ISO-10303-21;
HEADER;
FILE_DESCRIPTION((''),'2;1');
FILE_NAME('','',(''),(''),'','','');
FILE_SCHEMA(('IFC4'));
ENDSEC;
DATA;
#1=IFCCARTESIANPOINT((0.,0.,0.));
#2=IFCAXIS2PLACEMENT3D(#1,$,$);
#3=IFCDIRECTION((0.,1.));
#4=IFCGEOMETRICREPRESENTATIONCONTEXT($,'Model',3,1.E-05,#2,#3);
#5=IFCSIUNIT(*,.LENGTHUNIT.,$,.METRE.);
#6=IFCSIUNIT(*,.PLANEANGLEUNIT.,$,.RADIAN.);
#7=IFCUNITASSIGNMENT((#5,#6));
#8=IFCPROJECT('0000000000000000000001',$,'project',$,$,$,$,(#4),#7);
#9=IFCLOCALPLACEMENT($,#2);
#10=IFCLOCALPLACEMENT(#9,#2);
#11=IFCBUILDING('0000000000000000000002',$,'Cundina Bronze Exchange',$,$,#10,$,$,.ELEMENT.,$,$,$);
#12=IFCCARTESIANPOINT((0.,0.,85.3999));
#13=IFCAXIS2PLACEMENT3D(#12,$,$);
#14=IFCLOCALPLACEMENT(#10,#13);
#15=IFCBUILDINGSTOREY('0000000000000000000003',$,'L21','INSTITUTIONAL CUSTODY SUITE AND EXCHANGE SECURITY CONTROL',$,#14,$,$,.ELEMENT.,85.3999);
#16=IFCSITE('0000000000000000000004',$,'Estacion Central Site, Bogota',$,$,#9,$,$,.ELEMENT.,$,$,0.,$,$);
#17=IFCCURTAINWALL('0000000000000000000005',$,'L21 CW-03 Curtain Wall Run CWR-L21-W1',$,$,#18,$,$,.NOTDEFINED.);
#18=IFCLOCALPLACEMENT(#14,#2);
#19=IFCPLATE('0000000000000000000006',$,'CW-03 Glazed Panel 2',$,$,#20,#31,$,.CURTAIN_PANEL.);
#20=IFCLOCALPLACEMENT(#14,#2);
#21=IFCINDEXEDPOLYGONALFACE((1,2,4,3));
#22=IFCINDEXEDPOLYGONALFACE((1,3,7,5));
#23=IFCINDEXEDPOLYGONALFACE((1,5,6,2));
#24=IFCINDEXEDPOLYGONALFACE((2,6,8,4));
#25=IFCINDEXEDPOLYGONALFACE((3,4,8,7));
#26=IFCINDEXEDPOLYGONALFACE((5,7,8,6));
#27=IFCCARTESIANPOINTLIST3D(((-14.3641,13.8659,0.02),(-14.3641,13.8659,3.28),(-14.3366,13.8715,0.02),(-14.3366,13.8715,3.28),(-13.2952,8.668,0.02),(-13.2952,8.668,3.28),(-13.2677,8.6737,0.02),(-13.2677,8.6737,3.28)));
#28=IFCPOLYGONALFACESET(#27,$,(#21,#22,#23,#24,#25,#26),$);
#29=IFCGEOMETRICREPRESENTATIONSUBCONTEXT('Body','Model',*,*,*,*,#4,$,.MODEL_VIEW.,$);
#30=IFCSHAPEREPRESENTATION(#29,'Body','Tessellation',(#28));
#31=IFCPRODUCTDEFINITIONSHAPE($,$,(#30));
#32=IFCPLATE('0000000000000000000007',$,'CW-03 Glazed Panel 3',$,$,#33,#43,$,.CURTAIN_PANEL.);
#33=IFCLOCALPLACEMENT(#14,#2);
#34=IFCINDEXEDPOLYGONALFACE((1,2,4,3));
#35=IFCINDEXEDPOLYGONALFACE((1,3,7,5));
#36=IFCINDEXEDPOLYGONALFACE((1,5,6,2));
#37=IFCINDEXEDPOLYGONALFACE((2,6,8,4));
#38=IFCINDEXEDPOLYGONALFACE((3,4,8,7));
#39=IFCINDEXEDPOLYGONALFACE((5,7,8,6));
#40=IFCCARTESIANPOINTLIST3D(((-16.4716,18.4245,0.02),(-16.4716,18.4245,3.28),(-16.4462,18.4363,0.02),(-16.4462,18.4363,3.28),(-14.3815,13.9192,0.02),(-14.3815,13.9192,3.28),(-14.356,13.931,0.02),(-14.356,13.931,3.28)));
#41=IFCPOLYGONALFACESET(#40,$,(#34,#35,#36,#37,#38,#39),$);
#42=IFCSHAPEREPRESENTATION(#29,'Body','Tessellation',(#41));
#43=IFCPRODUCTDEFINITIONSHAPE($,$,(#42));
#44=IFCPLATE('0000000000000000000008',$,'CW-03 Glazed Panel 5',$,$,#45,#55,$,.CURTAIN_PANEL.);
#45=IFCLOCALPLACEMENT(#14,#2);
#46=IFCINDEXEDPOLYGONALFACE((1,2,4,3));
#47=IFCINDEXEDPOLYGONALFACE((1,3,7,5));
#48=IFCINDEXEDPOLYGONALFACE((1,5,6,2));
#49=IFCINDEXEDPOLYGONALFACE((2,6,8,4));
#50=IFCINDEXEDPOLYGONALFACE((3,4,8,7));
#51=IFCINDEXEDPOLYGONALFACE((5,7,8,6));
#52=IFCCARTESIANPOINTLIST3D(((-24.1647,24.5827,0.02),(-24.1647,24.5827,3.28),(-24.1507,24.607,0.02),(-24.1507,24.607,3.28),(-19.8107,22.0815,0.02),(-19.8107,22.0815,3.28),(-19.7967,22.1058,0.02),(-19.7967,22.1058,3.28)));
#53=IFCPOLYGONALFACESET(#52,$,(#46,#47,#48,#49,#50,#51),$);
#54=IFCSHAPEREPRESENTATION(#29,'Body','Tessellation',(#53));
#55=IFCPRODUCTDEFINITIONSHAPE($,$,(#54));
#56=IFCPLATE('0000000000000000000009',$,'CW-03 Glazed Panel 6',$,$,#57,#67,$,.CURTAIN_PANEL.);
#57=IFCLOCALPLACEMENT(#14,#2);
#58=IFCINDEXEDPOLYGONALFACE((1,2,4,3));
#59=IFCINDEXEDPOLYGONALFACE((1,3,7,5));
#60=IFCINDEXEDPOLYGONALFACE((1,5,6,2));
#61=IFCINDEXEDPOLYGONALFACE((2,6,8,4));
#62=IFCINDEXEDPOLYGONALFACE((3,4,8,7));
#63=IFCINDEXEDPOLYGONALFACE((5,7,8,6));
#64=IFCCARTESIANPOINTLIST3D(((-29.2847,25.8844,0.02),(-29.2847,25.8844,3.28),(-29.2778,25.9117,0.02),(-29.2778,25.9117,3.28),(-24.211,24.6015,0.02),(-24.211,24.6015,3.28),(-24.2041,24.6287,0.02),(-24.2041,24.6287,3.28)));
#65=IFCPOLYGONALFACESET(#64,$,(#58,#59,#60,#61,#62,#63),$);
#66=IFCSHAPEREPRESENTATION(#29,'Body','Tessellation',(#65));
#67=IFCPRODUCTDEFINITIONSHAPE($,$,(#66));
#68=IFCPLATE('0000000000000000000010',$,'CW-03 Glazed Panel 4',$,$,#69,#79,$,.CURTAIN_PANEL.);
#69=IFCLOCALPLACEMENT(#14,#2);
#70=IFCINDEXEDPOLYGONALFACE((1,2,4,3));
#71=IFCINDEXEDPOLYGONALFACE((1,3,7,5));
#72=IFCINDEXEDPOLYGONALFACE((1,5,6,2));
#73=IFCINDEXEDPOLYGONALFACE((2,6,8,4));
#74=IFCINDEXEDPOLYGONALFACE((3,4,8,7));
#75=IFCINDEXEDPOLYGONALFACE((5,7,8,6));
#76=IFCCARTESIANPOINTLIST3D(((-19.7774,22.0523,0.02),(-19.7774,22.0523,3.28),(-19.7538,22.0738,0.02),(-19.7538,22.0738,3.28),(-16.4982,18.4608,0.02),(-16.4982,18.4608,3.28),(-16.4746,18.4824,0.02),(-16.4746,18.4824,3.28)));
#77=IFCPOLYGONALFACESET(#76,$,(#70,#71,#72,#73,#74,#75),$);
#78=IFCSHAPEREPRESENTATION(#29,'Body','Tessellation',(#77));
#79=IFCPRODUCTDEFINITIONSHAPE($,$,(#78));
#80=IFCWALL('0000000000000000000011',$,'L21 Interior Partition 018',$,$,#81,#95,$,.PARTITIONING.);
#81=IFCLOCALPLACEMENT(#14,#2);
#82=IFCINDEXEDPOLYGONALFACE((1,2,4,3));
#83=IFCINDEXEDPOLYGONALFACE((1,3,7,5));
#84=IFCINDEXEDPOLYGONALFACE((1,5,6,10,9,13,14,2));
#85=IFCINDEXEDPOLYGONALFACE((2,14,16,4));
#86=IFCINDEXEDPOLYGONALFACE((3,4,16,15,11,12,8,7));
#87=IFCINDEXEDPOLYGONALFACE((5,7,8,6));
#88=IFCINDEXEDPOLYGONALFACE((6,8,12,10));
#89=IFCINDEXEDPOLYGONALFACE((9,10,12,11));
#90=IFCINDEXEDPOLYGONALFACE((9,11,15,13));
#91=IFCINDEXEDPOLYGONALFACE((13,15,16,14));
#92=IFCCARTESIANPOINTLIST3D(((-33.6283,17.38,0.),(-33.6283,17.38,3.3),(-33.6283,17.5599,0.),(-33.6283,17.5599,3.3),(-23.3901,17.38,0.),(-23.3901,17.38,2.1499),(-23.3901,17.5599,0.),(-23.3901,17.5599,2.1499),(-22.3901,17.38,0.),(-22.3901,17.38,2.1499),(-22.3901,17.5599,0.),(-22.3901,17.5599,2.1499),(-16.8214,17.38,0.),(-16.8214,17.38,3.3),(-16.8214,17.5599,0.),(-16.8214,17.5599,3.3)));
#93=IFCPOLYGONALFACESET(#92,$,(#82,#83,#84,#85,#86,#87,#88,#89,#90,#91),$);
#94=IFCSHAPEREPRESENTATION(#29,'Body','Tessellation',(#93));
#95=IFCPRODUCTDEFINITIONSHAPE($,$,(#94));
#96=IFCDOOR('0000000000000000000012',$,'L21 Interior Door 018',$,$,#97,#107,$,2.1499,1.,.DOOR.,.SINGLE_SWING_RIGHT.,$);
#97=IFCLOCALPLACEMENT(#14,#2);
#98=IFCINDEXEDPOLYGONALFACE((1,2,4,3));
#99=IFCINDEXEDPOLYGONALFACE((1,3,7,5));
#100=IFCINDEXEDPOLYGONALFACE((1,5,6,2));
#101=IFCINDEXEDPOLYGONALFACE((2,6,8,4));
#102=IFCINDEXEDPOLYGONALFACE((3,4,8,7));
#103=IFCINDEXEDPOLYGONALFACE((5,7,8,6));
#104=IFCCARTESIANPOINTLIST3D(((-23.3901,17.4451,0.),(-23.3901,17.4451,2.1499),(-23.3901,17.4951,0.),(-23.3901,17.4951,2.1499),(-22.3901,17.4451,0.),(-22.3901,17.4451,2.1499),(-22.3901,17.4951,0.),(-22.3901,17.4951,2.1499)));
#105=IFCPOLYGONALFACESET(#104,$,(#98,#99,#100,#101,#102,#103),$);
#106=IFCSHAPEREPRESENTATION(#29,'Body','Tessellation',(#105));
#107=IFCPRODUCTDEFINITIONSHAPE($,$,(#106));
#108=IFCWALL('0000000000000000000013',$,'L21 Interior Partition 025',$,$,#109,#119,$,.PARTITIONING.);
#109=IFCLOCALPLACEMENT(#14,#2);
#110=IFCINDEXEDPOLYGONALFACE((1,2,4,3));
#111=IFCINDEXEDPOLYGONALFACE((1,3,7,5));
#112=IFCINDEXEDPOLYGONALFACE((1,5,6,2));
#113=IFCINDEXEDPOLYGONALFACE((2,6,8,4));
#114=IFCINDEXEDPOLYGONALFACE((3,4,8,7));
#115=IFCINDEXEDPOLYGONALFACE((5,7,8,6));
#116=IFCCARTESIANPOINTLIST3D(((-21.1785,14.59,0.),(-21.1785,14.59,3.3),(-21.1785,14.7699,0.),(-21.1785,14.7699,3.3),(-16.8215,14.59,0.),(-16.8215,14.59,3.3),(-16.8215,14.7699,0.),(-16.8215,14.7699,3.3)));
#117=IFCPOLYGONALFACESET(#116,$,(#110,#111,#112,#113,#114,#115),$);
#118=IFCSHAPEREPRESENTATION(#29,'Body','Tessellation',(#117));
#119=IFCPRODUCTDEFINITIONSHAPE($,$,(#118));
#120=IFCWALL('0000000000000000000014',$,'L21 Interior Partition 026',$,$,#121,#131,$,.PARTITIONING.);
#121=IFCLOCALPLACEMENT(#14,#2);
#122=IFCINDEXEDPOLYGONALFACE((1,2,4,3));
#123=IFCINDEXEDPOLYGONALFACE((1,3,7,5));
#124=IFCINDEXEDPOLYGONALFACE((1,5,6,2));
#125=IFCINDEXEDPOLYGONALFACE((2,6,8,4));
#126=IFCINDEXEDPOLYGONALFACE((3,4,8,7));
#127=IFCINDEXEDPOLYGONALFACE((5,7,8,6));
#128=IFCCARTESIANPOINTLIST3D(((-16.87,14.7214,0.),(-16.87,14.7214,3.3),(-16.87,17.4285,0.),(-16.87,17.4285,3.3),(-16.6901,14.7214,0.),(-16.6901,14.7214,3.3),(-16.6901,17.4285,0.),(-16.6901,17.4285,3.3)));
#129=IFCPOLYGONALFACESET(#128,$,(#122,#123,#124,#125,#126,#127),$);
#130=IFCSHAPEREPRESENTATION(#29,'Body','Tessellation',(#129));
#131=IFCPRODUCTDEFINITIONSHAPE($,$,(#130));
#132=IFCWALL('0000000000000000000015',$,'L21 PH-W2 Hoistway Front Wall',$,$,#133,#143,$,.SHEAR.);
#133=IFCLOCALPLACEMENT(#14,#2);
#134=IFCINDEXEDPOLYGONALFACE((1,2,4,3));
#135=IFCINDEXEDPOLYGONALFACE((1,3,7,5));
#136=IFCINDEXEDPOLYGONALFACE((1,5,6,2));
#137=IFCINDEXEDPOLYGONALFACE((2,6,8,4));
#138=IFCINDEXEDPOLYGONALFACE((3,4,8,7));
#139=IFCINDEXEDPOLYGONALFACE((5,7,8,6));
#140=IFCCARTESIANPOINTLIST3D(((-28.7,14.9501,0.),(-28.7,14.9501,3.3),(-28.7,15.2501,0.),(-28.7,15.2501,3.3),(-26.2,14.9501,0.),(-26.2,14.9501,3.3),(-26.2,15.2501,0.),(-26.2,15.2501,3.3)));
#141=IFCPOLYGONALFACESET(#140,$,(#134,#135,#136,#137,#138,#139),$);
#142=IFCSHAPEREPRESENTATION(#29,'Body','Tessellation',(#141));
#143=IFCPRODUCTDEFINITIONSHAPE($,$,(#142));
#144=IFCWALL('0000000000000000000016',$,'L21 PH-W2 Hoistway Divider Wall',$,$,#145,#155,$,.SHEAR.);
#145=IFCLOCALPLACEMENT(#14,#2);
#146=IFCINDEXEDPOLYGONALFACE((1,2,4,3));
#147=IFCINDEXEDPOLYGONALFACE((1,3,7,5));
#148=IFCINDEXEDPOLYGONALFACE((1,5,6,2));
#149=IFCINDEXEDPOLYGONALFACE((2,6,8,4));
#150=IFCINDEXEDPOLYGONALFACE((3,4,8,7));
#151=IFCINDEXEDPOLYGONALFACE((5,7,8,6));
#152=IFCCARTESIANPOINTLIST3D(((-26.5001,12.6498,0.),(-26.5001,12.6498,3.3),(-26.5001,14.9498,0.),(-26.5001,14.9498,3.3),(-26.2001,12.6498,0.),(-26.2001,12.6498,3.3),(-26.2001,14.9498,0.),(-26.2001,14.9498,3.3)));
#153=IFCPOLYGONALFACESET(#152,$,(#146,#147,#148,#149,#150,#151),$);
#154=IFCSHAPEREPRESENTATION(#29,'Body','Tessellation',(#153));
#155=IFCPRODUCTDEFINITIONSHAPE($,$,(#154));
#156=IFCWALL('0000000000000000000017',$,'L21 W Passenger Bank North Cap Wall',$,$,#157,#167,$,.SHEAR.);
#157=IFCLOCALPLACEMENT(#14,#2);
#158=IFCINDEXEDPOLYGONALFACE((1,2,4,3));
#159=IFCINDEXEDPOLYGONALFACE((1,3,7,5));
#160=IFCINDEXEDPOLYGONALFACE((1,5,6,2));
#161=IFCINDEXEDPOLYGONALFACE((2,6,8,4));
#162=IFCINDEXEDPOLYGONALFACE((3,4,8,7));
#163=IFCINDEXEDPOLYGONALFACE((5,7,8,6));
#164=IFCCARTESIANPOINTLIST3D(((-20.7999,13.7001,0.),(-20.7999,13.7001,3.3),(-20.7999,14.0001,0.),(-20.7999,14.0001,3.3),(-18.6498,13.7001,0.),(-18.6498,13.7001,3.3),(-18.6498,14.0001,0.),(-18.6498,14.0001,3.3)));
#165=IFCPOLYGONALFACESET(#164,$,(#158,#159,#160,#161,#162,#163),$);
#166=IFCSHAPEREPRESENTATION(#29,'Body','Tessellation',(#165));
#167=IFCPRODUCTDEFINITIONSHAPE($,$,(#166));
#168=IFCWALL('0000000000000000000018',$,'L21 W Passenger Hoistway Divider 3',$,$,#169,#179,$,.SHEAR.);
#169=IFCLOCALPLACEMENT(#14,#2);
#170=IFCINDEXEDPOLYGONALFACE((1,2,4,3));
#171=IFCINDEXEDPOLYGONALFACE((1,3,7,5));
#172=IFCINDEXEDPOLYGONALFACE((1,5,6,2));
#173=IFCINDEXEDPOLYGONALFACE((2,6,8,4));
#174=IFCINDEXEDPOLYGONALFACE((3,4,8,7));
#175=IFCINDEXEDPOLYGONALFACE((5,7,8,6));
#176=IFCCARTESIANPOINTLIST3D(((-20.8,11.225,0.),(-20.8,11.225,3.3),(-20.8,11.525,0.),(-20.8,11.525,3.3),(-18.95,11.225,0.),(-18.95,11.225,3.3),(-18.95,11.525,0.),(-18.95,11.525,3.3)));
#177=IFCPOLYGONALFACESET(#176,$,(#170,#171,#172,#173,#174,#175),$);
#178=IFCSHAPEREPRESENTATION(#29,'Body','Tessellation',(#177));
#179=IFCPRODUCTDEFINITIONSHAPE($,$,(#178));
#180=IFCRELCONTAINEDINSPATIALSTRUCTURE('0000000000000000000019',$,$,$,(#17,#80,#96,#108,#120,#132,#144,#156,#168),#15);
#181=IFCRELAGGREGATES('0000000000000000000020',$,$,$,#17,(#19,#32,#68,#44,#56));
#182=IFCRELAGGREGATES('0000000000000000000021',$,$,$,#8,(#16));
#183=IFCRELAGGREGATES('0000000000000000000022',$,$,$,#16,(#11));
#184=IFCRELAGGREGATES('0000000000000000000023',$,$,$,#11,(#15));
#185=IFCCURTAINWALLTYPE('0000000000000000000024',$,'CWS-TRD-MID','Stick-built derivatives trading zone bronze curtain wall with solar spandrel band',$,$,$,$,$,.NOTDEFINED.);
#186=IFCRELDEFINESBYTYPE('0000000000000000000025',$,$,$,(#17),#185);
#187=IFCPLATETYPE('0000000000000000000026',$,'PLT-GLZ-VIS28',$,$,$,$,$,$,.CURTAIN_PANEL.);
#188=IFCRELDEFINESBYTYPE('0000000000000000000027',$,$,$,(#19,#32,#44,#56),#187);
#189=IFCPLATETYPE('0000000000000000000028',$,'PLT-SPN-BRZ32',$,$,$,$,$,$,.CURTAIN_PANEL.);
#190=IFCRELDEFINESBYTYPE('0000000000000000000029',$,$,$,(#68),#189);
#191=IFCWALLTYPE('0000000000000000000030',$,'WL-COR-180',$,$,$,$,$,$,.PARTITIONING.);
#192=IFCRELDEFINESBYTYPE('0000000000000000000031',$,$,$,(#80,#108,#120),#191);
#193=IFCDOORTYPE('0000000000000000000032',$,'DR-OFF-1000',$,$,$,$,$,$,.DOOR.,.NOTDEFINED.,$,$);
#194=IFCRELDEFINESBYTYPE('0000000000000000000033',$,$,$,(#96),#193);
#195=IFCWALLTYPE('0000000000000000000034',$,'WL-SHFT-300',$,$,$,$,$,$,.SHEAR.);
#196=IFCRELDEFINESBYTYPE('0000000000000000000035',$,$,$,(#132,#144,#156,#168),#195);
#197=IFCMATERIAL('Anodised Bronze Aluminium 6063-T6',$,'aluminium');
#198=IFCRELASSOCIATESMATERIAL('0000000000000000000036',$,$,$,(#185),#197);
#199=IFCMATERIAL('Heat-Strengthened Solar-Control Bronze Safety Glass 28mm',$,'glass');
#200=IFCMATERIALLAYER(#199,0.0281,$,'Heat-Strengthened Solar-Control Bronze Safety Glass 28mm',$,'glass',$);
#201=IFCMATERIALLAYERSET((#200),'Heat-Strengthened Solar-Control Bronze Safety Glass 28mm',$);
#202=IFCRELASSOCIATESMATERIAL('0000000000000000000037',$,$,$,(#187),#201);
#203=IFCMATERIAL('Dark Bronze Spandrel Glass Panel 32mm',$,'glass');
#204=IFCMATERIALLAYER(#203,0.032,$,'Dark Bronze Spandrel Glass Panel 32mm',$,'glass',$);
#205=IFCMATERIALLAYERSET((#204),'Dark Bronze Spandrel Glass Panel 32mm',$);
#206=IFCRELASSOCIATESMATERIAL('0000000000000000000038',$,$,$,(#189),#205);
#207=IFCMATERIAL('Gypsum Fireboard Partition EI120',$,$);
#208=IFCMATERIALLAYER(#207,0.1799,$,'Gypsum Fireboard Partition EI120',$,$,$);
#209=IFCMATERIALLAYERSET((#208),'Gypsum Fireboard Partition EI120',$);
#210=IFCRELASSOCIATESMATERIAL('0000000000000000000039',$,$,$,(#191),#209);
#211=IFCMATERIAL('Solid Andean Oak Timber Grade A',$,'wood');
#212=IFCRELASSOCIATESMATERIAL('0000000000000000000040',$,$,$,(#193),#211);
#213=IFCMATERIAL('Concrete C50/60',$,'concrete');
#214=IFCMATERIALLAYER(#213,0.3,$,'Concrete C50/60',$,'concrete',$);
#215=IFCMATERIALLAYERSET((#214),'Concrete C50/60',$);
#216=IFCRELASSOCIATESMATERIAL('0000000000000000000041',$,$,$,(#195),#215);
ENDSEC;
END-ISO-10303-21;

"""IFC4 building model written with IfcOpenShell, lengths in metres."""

from ifc_helpers import new_model, si_unit, direction, frame, frame_2d, origin, origin_2d, place, context, subcontext, project, spatial, rectangle, extrude, material, layer, layer_set, type_object, element, fill, aggregate, save


model = new_model("IFC4")

# Units and contexts
model_context = context("Model", 3, precision=1e-05, world=origin(), true_north=direction((0.0, 1.0)))
body_context = subcontext(model_context, "Body", "Model", "MODEL_VIEW")
ifc_project = project(units=[si_unit("LENGTHUNIT", "METRE"), si_unit("PLANEANGLEUNIT", "RADIAN")], contexts=[model_context])

# Site, building, storey
site_placement = place(None, origin())
site = spatial("IfcSite", under=ifc_project, at=site_placement, Name="Estacion Central Site, Bogota", CompositionType="ELEMENT", RefElevation=0.0)
building_placement = place(site_placement, origin())
building = spatial("IfcBuilding", under=site, at=building_placement, Name="Cundina Bronze Exchange", CompositionType="ELEMENT")
storey_placement = place(building_placement, frame((0.0, 0.0, 85.3999)))
storey = spatial("IfcBuildingStorey", under=building, at=storey_placement, Name="L21", Description="INSTITUTIONAL CUSTODY SUITE AND EXCHANGE SECURITY CONTROL", CompositionType="ELEMENT", Elevation=85.3999)

# Curtain wall, plates
ifc_material_1 = material(Name="Anodised Bronze Aluminium 6063-T6", Category="aluminium")
curtain_wall_type = type_object("IfcCurtainWallType", Name="CWS-TRD-MID", Description="Stick-built derivatives trading zone bronze curtain wall with solar spandrel band", PredefinedType="NOTDEFINED", material=ifc_material_1)
curtain_wall_placement = place(storey_placement, origin())
curtain_wall = element("IfcCurtainWall", 1, at=curtain_wall_placement, inside=storey, type_object=curtain_wall_type, Name="L21 CW-03 Curtain Wall Run CWR-L21-W1", PredefinedType="NOTDEFINED")
ifc_material_2 = material(Name="Heat-Strengthened Solar-Control Bronze Safety Glass 28mm", Category="glass")
ifc_layer_1 = layer(ifc_material_2, 0.0281, Name="Heat-Strengthened Solar-Control Bronze Safety Glass 28mm", Category="glass")
ifc_layer_set_1 = layer_set([ifc_layer_1], Name="Heat-Strengthened Solar-Control Bronze Safety Glass 28mm")
plate_type_1 = type_object("IfcPlateType", Name="PLT-GLZ-VIS28", PredefinedType="CURTAIN_PANEL", material=ifc_layer_set_1)
plate_1_placement = place(storey_placement, frame((-13.8159, 11.2698, 0.02), z_axis=(0.0, 0.0, 1.0), x_axis=(-0.20142, 0.979505, 0.0)))
plate_1 = element("IfcPlate", 2, at=plate_1_placement, type_object=plate_type_1, Name="CW-03 Glazed Panel 2", PredefinedType="CURTAIN_PANEL", context=body_context, shape_type="SweptSolid", body=[
    extrude(rectangle(XDim=5.3066, YDim=0.0281, at=origin_2d()), origin(), (0.0, 0.0, 1.0), 3.26),
])
plate_2_placement = place(storey_placement, frame((-15.4138, 16.1777, 0.02), z_axis=(0.0, 0.0, 1.0), x_axis=(-0.420846, 0.907132, 0.0)))
plate_2 = element("IfcPlate", 3, at=plate_2_placement, type_object=plate_type_1, Name="CW-03 Glazed Panel 3", PredefinedType="CURTAIN_PANEL", context=body_context, shape_type="SweptSolid", body=[
    extrude(rectangle(XDim=4.9666, YDim=0.0281, at=origin_2d()), origin(), (0.0, 0.0, 1.0), 3.26),
])
plate_3_placement = place(storey_placement, frame((-21.9807, 23.3442, 0.02), z_axis=(0.0, 0.0, 1.0), x_axis=(-0.867105, 0.498125, 0.0)))
plate_3 = element("IfcPlate", 4, at=plate_3_placement, type_object=plate_type_1, Name="CW-03 Glazed Panel 5", PredefinedType="CURTAIN_PANEL", context=body_context, shape_type="SweptSolid", body=[
    extrude(rectangle(XDim=5.0212, YDim=0.0281, at=origin_2d()), origin(), (0.0, 0.0, 1.0), 3.26),
])
plate_4_placement = place(storey_placement, frame((-26.7444, 25.2566, 0.02), z_axis=(0.0, 0.0, 1.0), x_axis=(-0.969488, 0.245138, 0.0)))
plate_4 = element("IfcPlate", 5, at=plate_4_placement, type_object=plate_type_1, Name="CW-03 Glazed Panel 6", PredefinedType="CURTAIN_PANEL", context=body_context, shape_type="SweptSolid", body=[
    extrude(rectangle(XDim=5.2334, YDim=0.0281, at=origin_2d()), origin(), (0.0, 0.0, 1.0), 3.26),
])
ifc_material_3 = material(Name="Dark Bronze Spandrel Glass Panel 32mm", Category="glass")
ifc_layer_2 = layer(ifc_material_3, 0.032, Name="Dark Bronze Spandrel Glass Panel 32mm", Category="glass")
ifc_layer_set_2 = layer_set([ifc_layer_2], Name="Dark Bronze Spandrel Glass Panel 32mm")
plate_type_2 = type_object("IfcPlateType", Name="PLT-SPN-BRZ32", PredefinedType="CURTAIN_PANEL", material=ifc_layer_set_2)
plate_5_placement = place(storey_placement, frame((-18.126, 20.2673, 0.02), z_axis=(0.0, 0.0, 1.0), x_axis=(-0.674277, 0.738479, 0.0)))
plate_5 = element("IfcPlate", 6, at=plate_5_placement, type_object=plate_type_2, Name="CW-03 Glazed Panel 4", PredefinedType="CURTAIN_PANEL", context=body_context, shape_type="SweptSolid", body=[
    extrude(rectangle(XDim=4.8633, YDim=0.032, at=origin_2d()), origin(), (0.0, 0.0, 1.0), 3.26),
])
aggregate(curtain_wall, [plate_1, plate_2, plate_5, plate_3, plate_4])

# Wall, opening, door
ifc_material_4 = material(Name="Gypsum Fireboard Partition EI120")
ifc_layer_3 = layer(ifc_material_4, 0.1799, Name="Gypsum Fireboard Partition EI120")
ifc_layer_set_3 = layer_set([ifc_layer_3], Name="Gypsum Fireboard Partition EI120")
wall_type_1 = type_object("IfcWallType", Name="WL-COR-180", PredefinedType="PARTITIONING", material=ifc_layer_set_3)
wall_1_placement = place(storey_placement, frame((-16.8215, 17.47, 0.0), z_axis=(0.0, 0.0, 1.0), x_axis=(-1.0, 0.0, 0.0)))
wall_1 = element("IfcWall", 7, at=wall_1_placement, inside=storey, type_object=wall_type_1, Name="L21 Interior Partition 018", PredefinedType="PARTITIONING", context=body_context, shape_type="SweptSolid", body=[
    extrude(rectangle(XDim=16.8069, YDim=0.1799, at=frame_2d((8.4033, 0.0))), origin(), (0.0, 0.0, 1.0), 3.3),
])
opening_1_placement = place(wall_1_placement, frame((5.5686, 0.0, 0.0)))
opening_1 = element("IfcOpeningElement", 8, at=opening_1_placement, cuts=wall_1, PredefinedType="OPENING", context=body_context, shape_type="SweptSolid", body=[
    extrude(rectangle(XDim=1.0, YDim=2.1499, at=frame_2d((0.5, 1.075))), frame((0.0, 0.0999, 0.0), z_axis=(0.0, -1.0, 0.0), x_axis=(1.0, 0.0, 0.0)), (0.0, 0.0, 1.0), 0.2),
])
ifc_material_5 = material(Name="Solid Andean Oak Timber Grade A", Category="wood")
door_type_1 = type_object("IfcDoorType", Name="DR-OFF-1000", OperationType="NOTDEFINED", PredefinedType="DOOR", material=ifc_material_5)
door_1_placement = place(opening_1_placement, origin())
door_1 = element("IfcDoor", 9, at=door_1_placement, inside=storey, type_object=door_type_1, Name="L21 Interior Door 018", OperationType="SINGLE_SWING_RIGHT", OverallHeight=2.1499, OverallWidth=1.0, PredefinedType="DOOR", context=body_context, shape_type="SweptSolid", body=[
    extrude(rectangle(XDim=1.0, YDim=2.1499, at=frame_2d((0.5, 1.075))), frame((0.0, 0.0249, 0.0), z_axis=(0.0, -1.0, 0.0), x_axis=(1.0, 0.0, 0.0)), (0.0, 0.0, 1.0), 0.05),
])
fill(opening_1, door_1)

# Walls
wall_2_placement = place(storey_placement, frame((-21.1785, 14.6799, 0.0), z_axis=(0.0, 0.0, 1.0), x_axis=(1.0, 0.0, 0.0)))
element("IfcWall", 10, at=wall_2_placement, inside=storey, type_object=wall_type_1, Name="L21 Interior Partition 025", PredefinedType="PARTITIONING", context=body_context, shape_type="SweptSolid", body=[
    extrude(rectangle(XDim=4.3569, YDim=0.1799, at=frame_2d((2.1785, 0.0))), origin(), (0.0, 0.0, 1.0), 3.3),
])
wall_3_placement = place(storey_placement, frame((-16.78, 14.7214, 0.0), z_axis=(0.0, 0.0, 1.0), x_axis=(0.0, 1.0, 0.0)))
element("IfcWall", 11, at=wall_3_placement, inside=storey, type_object=wall_type_1, Name="L21 Interior Partition 026", PredefinedType="PARTITIONING", context=body_context, shape_type="SweptSolid", body=[
    extrude(rectangle(XDim=2.707, YDim=0.1799, at=frame_2d((1.3535, 0.0))), origin(), (0.0, 0.0, 1.0), 3.3),
])

# Shared definitions
ifc_material_6 = material(Name="Concrete C50/60", Category="concrete")
ifc_layer_4 = layer(ifc_material_6, 0.3, Name="Concrete C50/60", Category="concrete")
ifc_layer_set_4 = layer_set([ifc_layer_4], Name="Concrete C50/60")
wall_type_2 = type_object("IfcWallType", Name="WL-SHFT-300", PredefinedType="SHEAR", material=ifc_layer_set_4)

# Walls
wall_4_placement = place(storey_placement, frame((-28.7, 15.1001, 0.0), z_axis=(0.0, 0.0, 1.0), x_axis=(1.0, 0.0, 0.0)))
element("IfcWall", 12, at=wall_4_placement, inside=storey, type_object=wall_type_2, Name="L21 PH-W2 Hoistway Front Wall", PredefinedType="SHEAR", context=body_context, shape_type="SweptSolid", body=[
    extrude(rectangle(XDim=2.5, YDim=0.3, at=frame_2d((1.25, 0.0))), origin(), (0.0, 0.0, 1.0), 3.3),
])
wall_5_placement = place(storey_placement, frame((-26.3501, 12.6499, 0.0), z_axis=(0.0, 0.0, 1.0), x_axis=(0.0, 1.0, 0.0)))
element("IfcWall", 13, at=wall_5_placement, inside=storey, type_object=wall_type_2, Name="L21 PH-W2 Hoistway Divider Wall", PredefinedType="SHEAR", context=body_context, shape_type="SweptSolid", body=[
    extrude(rectangle(XDim=2.3, YDim=0.3, at=frame_2d((1.1499, 0.0))), origin(), (0.0, 0.0, 1.0), 3.3),
])
wall_6_placement = place(storey_placement, frame((-20.8, 13.8501, 0.0), z_axis=(0.0, 0.0, 1.0), x_axis=(1.0, 0.0, 0.0)))
element("IfcWall", 14, at=wall_6_placement, inside=storey, type_object=wall_type_2, Name="L21 W Passenger Bank North Cap Wall", PredefinedType="SHEAR", context=body_context, shape_type="SweptSolid", body=[
    extrude(rectangle(XDim=2.1501, YDim=0.3, at=frame_2d((1.0752, 0.0))), origin(), (0.0, 0.0, 1.0), 3.3),
])
wall_7_placement = place(storey_placement, frame((-20.8, 11.375, 0.0), z_axis=(0.0, 0.0, 1.0), x_axis=(1.0, 0.0, 0.0)))
element("IfcWall", 15, at=wall_7_placement, inside=storey, type_object=wall_type_2, Name="L21 W Passenger Hoistway Divider 3", PredefinedType="SHEAR", context=body_context, shape_type="SweptSolid", body=[
    extrude(rectangle(XDim=1.8501, YDim=0.3, at=frame_2d((0.925, 0.0))), origin(), (0.0, 0.0, 1.0), 3.3),
])

save(model, "model.ifc")
